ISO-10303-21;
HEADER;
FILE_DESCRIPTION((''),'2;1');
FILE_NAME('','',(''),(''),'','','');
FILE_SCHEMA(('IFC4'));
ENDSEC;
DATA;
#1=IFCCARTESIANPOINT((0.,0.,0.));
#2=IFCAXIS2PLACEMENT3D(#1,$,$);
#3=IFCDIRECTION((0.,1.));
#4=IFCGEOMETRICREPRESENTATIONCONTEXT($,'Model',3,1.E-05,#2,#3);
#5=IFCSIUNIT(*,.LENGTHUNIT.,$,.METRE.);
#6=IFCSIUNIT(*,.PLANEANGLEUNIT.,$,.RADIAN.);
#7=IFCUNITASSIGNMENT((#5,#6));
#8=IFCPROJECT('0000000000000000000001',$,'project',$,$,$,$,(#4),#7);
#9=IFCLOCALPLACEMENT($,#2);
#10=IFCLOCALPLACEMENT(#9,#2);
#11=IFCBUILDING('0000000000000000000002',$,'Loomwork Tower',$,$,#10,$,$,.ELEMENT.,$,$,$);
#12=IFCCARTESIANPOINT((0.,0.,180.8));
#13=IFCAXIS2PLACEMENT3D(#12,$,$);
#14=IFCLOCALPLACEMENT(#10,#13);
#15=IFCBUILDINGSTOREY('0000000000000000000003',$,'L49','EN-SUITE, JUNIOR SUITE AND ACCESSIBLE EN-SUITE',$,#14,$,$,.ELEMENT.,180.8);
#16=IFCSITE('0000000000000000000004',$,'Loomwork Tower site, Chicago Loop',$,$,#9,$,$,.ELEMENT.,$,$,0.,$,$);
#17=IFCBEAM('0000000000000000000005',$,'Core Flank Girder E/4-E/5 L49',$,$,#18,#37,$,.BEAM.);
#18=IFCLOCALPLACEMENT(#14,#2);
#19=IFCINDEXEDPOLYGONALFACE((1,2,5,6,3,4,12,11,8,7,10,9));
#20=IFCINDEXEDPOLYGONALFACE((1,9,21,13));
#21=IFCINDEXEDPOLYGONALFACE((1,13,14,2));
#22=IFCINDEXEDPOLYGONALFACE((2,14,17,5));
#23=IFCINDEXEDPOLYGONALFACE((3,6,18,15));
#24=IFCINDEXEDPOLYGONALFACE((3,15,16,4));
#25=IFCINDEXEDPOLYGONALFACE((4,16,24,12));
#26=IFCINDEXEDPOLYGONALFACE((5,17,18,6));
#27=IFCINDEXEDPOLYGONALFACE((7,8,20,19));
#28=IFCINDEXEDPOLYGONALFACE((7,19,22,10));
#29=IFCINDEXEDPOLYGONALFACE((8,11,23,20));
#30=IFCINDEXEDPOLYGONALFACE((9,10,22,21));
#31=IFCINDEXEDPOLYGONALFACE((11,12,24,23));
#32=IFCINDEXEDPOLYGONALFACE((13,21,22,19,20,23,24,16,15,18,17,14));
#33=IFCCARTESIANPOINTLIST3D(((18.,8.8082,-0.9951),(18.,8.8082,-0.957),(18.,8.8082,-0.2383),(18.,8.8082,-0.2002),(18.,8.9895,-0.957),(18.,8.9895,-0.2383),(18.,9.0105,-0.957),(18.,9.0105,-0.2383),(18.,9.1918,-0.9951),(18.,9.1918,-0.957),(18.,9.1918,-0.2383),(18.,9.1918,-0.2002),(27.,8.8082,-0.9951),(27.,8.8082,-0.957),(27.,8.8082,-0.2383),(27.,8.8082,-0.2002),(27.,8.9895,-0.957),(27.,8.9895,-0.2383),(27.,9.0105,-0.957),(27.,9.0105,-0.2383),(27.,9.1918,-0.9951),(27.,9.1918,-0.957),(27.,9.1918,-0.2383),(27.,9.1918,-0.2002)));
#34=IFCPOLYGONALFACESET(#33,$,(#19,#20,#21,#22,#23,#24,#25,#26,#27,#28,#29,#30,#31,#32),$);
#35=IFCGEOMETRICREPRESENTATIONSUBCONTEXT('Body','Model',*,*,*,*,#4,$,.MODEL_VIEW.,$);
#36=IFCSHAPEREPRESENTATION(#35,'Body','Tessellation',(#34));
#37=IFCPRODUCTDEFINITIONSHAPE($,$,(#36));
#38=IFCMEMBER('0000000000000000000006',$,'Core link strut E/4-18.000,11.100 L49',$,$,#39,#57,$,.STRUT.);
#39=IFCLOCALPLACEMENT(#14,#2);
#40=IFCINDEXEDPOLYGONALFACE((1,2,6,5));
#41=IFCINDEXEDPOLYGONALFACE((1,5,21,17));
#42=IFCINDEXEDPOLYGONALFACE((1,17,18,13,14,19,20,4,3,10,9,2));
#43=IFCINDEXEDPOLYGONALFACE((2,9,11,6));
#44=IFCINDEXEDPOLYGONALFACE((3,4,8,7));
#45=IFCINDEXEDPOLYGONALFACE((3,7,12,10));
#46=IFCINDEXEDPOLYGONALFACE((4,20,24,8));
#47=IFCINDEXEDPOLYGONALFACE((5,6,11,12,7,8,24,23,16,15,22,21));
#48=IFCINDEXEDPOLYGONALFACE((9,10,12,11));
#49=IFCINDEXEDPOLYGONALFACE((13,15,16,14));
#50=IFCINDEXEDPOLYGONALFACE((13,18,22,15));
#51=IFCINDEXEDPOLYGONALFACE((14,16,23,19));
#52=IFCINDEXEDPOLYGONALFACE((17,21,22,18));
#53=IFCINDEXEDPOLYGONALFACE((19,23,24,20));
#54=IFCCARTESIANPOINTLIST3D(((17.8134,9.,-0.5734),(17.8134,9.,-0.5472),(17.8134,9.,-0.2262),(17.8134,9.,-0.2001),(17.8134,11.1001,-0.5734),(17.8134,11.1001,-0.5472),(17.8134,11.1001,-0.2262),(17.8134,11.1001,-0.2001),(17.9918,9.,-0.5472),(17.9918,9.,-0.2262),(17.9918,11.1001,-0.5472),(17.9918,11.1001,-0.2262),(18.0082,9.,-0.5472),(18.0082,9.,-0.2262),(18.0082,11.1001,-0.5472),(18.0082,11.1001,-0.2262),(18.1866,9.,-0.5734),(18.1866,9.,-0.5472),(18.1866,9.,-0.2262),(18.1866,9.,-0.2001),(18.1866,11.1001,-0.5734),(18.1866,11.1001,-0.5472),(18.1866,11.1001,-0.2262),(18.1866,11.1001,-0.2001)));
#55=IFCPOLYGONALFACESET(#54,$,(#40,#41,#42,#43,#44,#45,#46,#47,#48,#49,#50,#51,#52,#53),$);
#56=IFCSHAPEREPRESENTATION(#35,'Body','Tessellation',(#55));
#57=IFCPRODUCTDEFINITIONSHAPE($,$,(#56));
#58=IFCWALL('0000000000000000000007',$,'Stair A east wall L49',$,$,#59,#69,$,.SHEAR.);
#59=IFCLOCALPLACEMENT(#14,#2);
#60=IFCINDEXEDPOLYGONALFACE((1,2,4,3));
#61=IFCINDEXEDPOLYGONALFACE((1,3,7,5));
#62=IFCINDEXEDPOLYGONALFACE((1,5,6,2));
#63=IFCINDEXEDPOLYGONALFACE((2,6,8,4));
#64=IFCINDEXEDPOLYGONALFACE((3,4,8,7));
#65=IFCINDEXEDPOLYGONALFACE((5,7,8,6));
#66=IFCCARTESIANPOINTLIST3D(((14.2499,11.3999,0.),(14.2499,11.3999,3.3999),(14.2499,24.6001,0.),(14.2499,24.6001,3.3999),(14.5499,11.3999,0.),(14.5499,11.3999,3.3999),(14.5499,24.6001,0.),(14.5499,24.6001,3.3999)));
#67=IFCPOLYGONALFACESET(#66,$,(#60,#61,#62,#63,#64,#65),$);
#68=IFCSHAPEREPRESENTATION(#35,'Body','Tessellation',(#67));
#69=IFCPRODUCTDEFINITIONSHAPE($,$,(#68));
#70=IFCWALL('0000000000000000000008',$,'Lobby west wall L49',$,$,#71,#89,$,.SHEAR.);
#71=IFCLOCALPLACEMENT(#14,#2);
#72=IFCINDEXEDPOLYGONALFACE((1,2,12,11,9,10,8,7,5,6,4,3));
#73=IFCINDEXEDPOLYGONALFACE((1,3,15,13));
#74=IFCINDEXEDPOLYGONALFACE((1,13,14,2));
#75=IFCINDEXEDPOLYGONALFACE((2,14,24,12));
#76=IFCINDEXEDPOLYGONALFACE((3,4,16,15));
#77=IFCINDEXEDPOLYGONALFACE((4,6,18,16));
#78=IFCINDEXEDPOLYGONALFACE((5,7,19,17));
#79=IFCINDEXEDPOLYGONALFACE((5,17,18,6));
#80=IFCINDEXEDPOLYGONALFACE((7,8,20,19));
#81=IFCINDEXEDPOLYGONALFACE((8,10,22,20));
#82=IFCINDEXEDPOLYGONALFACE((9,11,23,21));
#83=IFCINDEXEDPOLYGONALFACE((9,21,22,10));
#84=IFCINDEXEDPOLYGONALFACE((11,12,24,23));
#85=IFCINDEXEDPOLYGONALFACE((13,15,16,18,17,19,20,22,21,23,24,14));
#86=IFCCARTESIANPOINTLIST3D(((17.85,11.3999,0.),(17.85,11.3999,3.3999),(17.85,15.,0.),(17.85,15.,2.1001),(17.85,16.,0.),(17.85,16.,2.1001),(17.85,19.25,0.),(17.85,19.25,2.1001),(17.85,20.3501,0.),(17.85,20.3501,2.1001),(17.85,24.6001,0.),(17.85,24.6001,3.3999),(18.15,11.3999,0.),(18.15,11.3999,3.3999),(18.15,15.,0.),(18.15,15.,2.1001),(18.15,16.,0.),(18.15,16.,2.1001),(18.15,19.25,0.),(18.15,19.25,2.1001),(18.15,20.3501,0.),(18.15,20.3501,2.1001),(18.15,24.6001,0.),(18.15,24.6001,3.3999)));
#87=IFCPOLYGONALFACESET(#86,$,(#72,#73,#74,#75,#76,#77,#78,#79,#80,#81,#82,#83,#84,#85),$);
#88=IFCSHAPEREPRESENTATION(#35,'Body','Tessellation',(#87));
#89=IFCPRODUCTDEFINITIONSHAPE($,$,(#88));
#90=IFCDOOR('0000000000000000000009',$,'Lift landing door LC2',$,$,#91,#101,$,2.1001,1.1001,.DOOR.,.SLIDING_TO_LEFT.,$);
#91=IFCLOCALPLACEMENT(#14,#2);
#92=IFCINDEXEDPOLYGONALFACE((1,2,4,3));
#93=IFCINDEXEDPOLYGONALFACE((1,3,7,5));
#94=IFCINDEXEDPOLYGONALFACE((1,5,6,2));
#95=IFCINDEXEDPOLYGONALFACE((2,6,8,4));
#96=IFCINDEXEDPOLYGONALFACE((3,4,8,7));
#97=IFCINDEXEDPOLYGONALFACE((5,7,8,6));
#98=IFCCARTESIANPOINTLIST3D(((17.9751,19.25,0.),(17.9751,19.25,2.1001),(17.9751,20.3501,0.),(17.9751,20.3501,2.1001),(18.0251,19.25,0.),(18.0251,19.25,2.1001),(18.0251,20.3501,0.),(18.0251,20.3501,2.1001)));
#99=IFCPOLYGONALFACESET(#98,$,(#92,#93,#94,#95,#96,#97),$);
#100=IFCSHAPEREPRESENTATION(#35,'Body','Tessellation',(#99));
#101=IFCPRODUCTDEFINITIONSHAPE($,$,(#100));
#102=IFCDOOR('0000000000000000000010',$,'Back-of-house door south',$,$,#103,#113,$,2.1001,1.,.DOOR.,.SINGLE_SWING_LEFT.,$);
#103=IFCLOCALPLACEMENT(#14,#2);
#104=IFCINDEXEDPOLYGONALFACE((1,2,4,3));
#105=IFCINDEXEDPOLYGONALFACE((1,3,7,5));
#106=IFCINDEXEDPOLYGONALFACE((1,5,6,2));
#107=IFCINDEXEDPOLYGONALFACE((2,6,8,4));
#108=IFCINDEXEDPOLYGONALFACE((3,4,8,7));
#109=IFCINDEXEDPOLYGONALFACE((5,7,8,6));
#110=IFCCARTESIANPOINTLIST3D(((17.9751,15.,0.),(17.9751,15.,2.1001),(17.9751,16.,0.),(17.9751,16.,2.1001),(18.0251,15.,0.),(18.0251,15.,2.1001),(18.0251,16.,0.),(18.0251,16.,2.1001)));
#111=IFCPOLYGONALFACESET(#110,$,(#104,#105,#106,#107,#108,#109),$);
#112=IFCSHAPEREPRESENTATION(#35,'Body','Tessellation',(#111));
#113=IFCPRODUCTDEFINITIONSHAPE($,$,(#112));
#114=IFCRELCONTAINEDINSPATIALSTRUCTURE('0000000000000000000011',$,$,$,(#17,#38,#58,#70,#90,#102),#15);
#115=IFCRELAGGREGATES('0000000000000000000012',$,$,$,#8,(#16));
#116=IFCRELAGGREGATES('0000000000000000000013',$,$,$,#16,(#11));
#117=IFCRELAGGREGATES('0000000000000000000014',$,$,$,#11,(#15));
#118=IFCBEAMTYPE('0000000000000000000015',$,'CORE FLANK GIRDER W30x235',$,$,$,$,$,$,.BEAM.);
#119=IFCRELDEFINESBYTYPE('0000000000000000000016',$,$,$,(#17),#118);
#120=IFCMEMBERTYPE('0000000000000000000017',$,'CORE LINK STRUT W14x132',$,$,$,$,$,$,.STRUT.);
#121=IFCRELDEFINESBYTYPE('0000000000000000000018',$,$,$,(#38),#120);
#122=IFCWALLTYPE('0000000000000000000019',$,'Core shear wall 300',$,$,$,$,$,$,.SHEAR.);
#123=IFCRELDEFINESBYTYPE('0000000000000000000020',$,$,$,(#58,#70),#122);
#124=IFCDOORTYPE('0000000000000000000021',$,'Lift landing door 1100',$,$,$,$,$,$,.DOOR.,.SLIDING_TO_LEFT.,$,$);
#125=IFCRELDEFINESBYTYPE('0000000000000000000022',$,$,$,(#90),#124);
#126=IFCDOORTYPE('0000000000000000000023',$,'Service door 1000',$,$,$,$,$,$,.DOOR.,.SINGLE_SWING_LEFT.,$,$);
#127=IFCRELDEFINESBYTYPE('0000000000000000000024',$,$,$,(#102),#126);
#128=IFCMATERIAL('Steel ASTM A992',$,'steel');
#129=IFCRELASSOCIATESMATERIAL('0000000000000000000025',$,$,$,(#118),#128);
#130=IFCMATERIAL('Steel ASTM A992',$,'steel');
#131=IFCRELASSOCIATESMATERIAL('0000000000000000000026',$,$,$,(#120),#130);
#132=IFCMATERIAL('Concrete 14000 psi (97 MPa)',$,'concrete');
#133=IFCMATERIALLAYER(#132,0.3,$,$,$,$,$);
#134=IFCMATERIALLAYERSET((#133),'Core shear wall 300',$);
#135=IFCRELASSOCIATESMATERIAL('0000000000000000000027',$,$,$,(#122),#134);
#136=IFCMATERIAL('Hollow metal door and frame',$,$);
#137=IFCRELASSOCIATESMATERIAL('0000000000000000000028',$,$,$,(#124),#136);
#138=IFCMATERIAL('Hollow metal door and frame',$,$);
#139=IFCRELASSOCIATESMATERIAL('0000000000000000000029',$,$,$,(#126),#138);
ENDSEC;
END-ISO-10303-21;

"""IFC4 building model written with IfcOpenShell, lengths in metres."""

from ifc_helpers import new_model, si_unit, direction, frame, frame_2d, origin, origin_2d, place, context, subcontext, project, spatial, rectangle, i_section, extrude, material, layer, layer_set, material_profile, profile_set, type_object, element, fill, save


model = new_model("IFC4")

# Units and contexts
model_context = context("Model", 3, precision=1e-05, world=origin(), true_north=direction((0.0, 1.0)))
body_context = subcontext(model_context, "Body", "Model", "MODEL_VIEW")
ifc_project = project(units=[si_unit("LENGTHUNIT", "METRE"), si_unit("PLANEANGLEUNIT", "RADIAN")], contexts=[model_context])

# Site, building, storey
site_placement = place(None, origin())
site = spatial("IfcSite", under=ifc_project, at=site_placement, Name="Loomwork Tower site, Chicago Loop", CompositionType="ELEMENT", RefElevation=0.0)
building_placement = place(site_placement, origin())
building = spatial("IfcBuilding", under=site, at=building_placement, Name="Loomwork Tower", CompositionType="ELEMENT")
storey_placement = place(building_placement, frame((0.0, 0.0, 180.8)))
storey = spatial("IfcBuildingStorey", under=building, at=storey_placement, Name="L49", Description="EN-SUITE, JUNIOR SUITE AND ACCESSIBLE EN-SUITE", CompositionType="ELEMENT", Elevation=180.8)

# Beam
ifc_material_1 = material(Name="Steel ASTM A992", Category="steel")
ifc_material_profile_1 = material_profile(ifc_material_1, i_section(OverallWidth=0.3835, OverallDepth=0.7949, WebThickness=0.021, FlangeThickness=0.0381, at=origin_2d()), Name="W30x235")
ifc_profile_set_1 = profile_set([ifc_material_profile_1], Name="Steel ASTM A992")
beam_type = type_object("IfcBeamType", Name="CORE FLANK GIRDER W30x235", PredefinedType="BEAM", material=ifc_profile_set_1)
beam_placement = place(storey_placement, frame((18.0, 9.0, -0.5977), z_axis=(1.0, 0.0, 0.0), x_axis=(0.0, 1.0, 0.0)))
element("IfcBeam", 1, at=beam_placement, inside=storey, type_object=beam_type, Name="Core Flank Girder E/4-E/5 L49", PredefinedType="BEAM", context=body_context, shape_type="SweptSolid", body=[
    extrude(i_section(OverallWidth=0.3835, OverallDepth=0.7949, WebThickness=0.021, FlangeThickness=0.0381, at=origin_2d()), origin(), (0.0, 0.0, 1.0), 9.0),
])

# Member
ifc_material_2 = material(Name="Steel ASTM A992", Category="steel")
ifc_material_profile_2 = material_profile(ifc_material_2, i_section(OverallWidth=0.3733, OverallDepth=0.3733, WebThickness=0.0164, FlangeThickness=0.0261, at=origin_2d()), Name="W14x132")
ifc_profile_set_2 = profile_set([ifc_material_profile_2], Name="Steel ASTM A992")
member_type = type_object("IfcMemberType", Name="CORE LINK STRUT W14x132", PredefinedType="STRUT", material=ifc_profile_set_2)
member_placement = place(storey_placement, frame((18.0, 9.0, -0.3867), z_axis=(0.0, 1.0, 0.0), x_axis=(-1.0, 0.0, 0.0)))
element("IfcMember", 2, at=member_placement, inside=storey, type_object=member_type, Name="Core link strut E/4-18.000,11.100 L49", PredefinedType="STRUT", context=body_context, shape_type="SweptSolid", body=[
    extrude(i_section(OverallWidth=0.3733, OverallDepth=0.3733, WebThickness=0.0164, FlangeThickness=0.0261, at=origin_2d()), origin(), (0.0, 0.0, 1.0), 2.1001),
])

# Wall
ifc_material_3 = material(Name="Concrete 14000 psi (97 MPa)", Category="concrete")
ifc_layer_1 = layer(ifc_material_3, 0.3)
ifc_layer_set_1 = layer_set([ifc_layer_1], Name="Core shear wall 300")
wall_type_1 = type_object("IfcWallType", Name="Core shear wall 300", PredefinedType="SHEAR", material=ifc_layer_set_1)
wall_1_placement = place(storey_placement, frame((14.3999, 11.3999, 0.0), z_axis=(0.0, 0.0, 1.0), x_axis=(0.0, 1.0, 0.0)))
element("IfcWall", 3, at=wall_1_placement, inside=storey, type_object=wall_type_1, Name="Stair A east wall L49", PredefinedType="SHEAR", context=body_context, shape_type="SweptSolid", body=[
    extrude(rectangle(XDim=13.2002, YDim=0.3, at=frame_2d((6.6001, 0.0))), origin(), (0.0, 0.0, 1.0), 3.3999),
])

# Wall, openings, doors
wall_2_placement = place(storey_placement, frame((18.0, 11.3999, 0.0), z_axis=(0.0, 0.0, 1.0), x_axis=(0.0, 1.0, 0.0)))
wall_2 = element("IfcWall", 4, at=wall_2_placement, inside=storey, type_object=wall_type_1, Name="Lobby west wall L49", PredefinedType="SHEAR", context=body_context, shape_type="SweptSolid", body=[
    extrude(rectangle(XDim=13.2002, YDim=0.3, at=frame_2d((6.6001, 0.0))), origin(), (0.0, 0.0, 1.0), 3.3999),
])
opening_1_placement = place(wall_2_placement, frame((3.6001, 0.0, 0.0)))
opening_1 = element("IfcOpeningElement", 5, at=opening_1_placement, cuts=wall_2, PredefinedType="OPENING", context=body_context, shape_type="SweptSolid", body=[
    extrude(rectangle(XDim=1.0, YDim=2.1001, at=frame_2d((0.5, 1.05))), frame((0.0, 0.1599, 0.0), z_axis=(0.0, -1.0, 0.0), x_axis=(1.0, 0.0, 0.0)), (0.0, 0.0, 1.0), 0.3201),
])
opening_2_placement = place(wall_2_placement, frame((7.8501, 0.0, 0.0)))
opening_2 = element("IfcOpeningElement", 6, at=opening_2_placement, cuts=wall_2, PredefinedType="OPENING", context=body_context, shape_type="SweptSolid", body=[
    extrude(rectangle(XDim=1.1001, YDim=2.1001, at=frame_2d((0.55, 1.05))), frame((0.0, 0.1599, 0.0), z_axis=(0.0, -1.0, 0.0), x_axis=(1.0, 0.0, 0.0)), (0.0, 0.0, 1.0), 0.3201),
])
ifc_material_4 = material(Name="Hollow metal door and frame")
door_type_1 = type_object("IfcDoorType", Name="Lift landing door 1100", OperationType="SLIDING_TO_LEFT", PredefinedType="DOOR", material=ifc_material_4)
door_1_placement = place(opening_2_placement, origin())
door_1 = element("IfcDoor", 7, at=door_1_placement, inside=storey, type_object=door_type_1, Name="Lift landing door LC2", OperationType="SLIDING_TO_LEFT", OverallHeight=2.1001, OverallWidth=1.1001, PredefinedType="DOOR", context=body_context, shape_type="SweptSolid", body=[
    extrude(rectangle(XDim=1.1001, YDim=2.1001, at=frame_2d((0.55, 1.05))), frame((0.0, 0.0249, 0.0), z_axis=(0.0, -1.0, 0.0), x_axis=(1.0, 0.0, 0.0)), (0.0, 0.0, 1.0), 0.05),
])
fill(opening_2, door_1)
ifc_material_5 = material(Name="Hollow metal door and frame")
door_type_2 = type_object("IfcDoorType", Name="Service door 1000", OperationType="SINGLE_SWING_LEFT", PredefinedType="DOOR", material=ifc_material_5)
door_2_placement = place(opening_1_placement, origin())
door_2 = element("IfcDoor", 8, at=door_2_placement, inside=storey, type_object=door_type_2, Name="Back-of-house door south", OperationType="SINGLE_SWING_LEFT", OverallHeight=2.1001, OverallWidth=1.0, PredefinedType="DOOR", context=body_context, shape_type="SweptSolid", body=[
    extrude(rectangle(XDim=1.0, YDim=2.1001, at=frame_2d((0.5, 1.05))), frame((0.0, 0.0249, 0.0), z_axis=(0.0, -1.0, 0.0), x_axis=(1.0, 0.0, 0.0)), (0.0, 0.0, 1.0), 0.05),
])
fill(opening_1, door_2)

save(model, "model.ifc")
